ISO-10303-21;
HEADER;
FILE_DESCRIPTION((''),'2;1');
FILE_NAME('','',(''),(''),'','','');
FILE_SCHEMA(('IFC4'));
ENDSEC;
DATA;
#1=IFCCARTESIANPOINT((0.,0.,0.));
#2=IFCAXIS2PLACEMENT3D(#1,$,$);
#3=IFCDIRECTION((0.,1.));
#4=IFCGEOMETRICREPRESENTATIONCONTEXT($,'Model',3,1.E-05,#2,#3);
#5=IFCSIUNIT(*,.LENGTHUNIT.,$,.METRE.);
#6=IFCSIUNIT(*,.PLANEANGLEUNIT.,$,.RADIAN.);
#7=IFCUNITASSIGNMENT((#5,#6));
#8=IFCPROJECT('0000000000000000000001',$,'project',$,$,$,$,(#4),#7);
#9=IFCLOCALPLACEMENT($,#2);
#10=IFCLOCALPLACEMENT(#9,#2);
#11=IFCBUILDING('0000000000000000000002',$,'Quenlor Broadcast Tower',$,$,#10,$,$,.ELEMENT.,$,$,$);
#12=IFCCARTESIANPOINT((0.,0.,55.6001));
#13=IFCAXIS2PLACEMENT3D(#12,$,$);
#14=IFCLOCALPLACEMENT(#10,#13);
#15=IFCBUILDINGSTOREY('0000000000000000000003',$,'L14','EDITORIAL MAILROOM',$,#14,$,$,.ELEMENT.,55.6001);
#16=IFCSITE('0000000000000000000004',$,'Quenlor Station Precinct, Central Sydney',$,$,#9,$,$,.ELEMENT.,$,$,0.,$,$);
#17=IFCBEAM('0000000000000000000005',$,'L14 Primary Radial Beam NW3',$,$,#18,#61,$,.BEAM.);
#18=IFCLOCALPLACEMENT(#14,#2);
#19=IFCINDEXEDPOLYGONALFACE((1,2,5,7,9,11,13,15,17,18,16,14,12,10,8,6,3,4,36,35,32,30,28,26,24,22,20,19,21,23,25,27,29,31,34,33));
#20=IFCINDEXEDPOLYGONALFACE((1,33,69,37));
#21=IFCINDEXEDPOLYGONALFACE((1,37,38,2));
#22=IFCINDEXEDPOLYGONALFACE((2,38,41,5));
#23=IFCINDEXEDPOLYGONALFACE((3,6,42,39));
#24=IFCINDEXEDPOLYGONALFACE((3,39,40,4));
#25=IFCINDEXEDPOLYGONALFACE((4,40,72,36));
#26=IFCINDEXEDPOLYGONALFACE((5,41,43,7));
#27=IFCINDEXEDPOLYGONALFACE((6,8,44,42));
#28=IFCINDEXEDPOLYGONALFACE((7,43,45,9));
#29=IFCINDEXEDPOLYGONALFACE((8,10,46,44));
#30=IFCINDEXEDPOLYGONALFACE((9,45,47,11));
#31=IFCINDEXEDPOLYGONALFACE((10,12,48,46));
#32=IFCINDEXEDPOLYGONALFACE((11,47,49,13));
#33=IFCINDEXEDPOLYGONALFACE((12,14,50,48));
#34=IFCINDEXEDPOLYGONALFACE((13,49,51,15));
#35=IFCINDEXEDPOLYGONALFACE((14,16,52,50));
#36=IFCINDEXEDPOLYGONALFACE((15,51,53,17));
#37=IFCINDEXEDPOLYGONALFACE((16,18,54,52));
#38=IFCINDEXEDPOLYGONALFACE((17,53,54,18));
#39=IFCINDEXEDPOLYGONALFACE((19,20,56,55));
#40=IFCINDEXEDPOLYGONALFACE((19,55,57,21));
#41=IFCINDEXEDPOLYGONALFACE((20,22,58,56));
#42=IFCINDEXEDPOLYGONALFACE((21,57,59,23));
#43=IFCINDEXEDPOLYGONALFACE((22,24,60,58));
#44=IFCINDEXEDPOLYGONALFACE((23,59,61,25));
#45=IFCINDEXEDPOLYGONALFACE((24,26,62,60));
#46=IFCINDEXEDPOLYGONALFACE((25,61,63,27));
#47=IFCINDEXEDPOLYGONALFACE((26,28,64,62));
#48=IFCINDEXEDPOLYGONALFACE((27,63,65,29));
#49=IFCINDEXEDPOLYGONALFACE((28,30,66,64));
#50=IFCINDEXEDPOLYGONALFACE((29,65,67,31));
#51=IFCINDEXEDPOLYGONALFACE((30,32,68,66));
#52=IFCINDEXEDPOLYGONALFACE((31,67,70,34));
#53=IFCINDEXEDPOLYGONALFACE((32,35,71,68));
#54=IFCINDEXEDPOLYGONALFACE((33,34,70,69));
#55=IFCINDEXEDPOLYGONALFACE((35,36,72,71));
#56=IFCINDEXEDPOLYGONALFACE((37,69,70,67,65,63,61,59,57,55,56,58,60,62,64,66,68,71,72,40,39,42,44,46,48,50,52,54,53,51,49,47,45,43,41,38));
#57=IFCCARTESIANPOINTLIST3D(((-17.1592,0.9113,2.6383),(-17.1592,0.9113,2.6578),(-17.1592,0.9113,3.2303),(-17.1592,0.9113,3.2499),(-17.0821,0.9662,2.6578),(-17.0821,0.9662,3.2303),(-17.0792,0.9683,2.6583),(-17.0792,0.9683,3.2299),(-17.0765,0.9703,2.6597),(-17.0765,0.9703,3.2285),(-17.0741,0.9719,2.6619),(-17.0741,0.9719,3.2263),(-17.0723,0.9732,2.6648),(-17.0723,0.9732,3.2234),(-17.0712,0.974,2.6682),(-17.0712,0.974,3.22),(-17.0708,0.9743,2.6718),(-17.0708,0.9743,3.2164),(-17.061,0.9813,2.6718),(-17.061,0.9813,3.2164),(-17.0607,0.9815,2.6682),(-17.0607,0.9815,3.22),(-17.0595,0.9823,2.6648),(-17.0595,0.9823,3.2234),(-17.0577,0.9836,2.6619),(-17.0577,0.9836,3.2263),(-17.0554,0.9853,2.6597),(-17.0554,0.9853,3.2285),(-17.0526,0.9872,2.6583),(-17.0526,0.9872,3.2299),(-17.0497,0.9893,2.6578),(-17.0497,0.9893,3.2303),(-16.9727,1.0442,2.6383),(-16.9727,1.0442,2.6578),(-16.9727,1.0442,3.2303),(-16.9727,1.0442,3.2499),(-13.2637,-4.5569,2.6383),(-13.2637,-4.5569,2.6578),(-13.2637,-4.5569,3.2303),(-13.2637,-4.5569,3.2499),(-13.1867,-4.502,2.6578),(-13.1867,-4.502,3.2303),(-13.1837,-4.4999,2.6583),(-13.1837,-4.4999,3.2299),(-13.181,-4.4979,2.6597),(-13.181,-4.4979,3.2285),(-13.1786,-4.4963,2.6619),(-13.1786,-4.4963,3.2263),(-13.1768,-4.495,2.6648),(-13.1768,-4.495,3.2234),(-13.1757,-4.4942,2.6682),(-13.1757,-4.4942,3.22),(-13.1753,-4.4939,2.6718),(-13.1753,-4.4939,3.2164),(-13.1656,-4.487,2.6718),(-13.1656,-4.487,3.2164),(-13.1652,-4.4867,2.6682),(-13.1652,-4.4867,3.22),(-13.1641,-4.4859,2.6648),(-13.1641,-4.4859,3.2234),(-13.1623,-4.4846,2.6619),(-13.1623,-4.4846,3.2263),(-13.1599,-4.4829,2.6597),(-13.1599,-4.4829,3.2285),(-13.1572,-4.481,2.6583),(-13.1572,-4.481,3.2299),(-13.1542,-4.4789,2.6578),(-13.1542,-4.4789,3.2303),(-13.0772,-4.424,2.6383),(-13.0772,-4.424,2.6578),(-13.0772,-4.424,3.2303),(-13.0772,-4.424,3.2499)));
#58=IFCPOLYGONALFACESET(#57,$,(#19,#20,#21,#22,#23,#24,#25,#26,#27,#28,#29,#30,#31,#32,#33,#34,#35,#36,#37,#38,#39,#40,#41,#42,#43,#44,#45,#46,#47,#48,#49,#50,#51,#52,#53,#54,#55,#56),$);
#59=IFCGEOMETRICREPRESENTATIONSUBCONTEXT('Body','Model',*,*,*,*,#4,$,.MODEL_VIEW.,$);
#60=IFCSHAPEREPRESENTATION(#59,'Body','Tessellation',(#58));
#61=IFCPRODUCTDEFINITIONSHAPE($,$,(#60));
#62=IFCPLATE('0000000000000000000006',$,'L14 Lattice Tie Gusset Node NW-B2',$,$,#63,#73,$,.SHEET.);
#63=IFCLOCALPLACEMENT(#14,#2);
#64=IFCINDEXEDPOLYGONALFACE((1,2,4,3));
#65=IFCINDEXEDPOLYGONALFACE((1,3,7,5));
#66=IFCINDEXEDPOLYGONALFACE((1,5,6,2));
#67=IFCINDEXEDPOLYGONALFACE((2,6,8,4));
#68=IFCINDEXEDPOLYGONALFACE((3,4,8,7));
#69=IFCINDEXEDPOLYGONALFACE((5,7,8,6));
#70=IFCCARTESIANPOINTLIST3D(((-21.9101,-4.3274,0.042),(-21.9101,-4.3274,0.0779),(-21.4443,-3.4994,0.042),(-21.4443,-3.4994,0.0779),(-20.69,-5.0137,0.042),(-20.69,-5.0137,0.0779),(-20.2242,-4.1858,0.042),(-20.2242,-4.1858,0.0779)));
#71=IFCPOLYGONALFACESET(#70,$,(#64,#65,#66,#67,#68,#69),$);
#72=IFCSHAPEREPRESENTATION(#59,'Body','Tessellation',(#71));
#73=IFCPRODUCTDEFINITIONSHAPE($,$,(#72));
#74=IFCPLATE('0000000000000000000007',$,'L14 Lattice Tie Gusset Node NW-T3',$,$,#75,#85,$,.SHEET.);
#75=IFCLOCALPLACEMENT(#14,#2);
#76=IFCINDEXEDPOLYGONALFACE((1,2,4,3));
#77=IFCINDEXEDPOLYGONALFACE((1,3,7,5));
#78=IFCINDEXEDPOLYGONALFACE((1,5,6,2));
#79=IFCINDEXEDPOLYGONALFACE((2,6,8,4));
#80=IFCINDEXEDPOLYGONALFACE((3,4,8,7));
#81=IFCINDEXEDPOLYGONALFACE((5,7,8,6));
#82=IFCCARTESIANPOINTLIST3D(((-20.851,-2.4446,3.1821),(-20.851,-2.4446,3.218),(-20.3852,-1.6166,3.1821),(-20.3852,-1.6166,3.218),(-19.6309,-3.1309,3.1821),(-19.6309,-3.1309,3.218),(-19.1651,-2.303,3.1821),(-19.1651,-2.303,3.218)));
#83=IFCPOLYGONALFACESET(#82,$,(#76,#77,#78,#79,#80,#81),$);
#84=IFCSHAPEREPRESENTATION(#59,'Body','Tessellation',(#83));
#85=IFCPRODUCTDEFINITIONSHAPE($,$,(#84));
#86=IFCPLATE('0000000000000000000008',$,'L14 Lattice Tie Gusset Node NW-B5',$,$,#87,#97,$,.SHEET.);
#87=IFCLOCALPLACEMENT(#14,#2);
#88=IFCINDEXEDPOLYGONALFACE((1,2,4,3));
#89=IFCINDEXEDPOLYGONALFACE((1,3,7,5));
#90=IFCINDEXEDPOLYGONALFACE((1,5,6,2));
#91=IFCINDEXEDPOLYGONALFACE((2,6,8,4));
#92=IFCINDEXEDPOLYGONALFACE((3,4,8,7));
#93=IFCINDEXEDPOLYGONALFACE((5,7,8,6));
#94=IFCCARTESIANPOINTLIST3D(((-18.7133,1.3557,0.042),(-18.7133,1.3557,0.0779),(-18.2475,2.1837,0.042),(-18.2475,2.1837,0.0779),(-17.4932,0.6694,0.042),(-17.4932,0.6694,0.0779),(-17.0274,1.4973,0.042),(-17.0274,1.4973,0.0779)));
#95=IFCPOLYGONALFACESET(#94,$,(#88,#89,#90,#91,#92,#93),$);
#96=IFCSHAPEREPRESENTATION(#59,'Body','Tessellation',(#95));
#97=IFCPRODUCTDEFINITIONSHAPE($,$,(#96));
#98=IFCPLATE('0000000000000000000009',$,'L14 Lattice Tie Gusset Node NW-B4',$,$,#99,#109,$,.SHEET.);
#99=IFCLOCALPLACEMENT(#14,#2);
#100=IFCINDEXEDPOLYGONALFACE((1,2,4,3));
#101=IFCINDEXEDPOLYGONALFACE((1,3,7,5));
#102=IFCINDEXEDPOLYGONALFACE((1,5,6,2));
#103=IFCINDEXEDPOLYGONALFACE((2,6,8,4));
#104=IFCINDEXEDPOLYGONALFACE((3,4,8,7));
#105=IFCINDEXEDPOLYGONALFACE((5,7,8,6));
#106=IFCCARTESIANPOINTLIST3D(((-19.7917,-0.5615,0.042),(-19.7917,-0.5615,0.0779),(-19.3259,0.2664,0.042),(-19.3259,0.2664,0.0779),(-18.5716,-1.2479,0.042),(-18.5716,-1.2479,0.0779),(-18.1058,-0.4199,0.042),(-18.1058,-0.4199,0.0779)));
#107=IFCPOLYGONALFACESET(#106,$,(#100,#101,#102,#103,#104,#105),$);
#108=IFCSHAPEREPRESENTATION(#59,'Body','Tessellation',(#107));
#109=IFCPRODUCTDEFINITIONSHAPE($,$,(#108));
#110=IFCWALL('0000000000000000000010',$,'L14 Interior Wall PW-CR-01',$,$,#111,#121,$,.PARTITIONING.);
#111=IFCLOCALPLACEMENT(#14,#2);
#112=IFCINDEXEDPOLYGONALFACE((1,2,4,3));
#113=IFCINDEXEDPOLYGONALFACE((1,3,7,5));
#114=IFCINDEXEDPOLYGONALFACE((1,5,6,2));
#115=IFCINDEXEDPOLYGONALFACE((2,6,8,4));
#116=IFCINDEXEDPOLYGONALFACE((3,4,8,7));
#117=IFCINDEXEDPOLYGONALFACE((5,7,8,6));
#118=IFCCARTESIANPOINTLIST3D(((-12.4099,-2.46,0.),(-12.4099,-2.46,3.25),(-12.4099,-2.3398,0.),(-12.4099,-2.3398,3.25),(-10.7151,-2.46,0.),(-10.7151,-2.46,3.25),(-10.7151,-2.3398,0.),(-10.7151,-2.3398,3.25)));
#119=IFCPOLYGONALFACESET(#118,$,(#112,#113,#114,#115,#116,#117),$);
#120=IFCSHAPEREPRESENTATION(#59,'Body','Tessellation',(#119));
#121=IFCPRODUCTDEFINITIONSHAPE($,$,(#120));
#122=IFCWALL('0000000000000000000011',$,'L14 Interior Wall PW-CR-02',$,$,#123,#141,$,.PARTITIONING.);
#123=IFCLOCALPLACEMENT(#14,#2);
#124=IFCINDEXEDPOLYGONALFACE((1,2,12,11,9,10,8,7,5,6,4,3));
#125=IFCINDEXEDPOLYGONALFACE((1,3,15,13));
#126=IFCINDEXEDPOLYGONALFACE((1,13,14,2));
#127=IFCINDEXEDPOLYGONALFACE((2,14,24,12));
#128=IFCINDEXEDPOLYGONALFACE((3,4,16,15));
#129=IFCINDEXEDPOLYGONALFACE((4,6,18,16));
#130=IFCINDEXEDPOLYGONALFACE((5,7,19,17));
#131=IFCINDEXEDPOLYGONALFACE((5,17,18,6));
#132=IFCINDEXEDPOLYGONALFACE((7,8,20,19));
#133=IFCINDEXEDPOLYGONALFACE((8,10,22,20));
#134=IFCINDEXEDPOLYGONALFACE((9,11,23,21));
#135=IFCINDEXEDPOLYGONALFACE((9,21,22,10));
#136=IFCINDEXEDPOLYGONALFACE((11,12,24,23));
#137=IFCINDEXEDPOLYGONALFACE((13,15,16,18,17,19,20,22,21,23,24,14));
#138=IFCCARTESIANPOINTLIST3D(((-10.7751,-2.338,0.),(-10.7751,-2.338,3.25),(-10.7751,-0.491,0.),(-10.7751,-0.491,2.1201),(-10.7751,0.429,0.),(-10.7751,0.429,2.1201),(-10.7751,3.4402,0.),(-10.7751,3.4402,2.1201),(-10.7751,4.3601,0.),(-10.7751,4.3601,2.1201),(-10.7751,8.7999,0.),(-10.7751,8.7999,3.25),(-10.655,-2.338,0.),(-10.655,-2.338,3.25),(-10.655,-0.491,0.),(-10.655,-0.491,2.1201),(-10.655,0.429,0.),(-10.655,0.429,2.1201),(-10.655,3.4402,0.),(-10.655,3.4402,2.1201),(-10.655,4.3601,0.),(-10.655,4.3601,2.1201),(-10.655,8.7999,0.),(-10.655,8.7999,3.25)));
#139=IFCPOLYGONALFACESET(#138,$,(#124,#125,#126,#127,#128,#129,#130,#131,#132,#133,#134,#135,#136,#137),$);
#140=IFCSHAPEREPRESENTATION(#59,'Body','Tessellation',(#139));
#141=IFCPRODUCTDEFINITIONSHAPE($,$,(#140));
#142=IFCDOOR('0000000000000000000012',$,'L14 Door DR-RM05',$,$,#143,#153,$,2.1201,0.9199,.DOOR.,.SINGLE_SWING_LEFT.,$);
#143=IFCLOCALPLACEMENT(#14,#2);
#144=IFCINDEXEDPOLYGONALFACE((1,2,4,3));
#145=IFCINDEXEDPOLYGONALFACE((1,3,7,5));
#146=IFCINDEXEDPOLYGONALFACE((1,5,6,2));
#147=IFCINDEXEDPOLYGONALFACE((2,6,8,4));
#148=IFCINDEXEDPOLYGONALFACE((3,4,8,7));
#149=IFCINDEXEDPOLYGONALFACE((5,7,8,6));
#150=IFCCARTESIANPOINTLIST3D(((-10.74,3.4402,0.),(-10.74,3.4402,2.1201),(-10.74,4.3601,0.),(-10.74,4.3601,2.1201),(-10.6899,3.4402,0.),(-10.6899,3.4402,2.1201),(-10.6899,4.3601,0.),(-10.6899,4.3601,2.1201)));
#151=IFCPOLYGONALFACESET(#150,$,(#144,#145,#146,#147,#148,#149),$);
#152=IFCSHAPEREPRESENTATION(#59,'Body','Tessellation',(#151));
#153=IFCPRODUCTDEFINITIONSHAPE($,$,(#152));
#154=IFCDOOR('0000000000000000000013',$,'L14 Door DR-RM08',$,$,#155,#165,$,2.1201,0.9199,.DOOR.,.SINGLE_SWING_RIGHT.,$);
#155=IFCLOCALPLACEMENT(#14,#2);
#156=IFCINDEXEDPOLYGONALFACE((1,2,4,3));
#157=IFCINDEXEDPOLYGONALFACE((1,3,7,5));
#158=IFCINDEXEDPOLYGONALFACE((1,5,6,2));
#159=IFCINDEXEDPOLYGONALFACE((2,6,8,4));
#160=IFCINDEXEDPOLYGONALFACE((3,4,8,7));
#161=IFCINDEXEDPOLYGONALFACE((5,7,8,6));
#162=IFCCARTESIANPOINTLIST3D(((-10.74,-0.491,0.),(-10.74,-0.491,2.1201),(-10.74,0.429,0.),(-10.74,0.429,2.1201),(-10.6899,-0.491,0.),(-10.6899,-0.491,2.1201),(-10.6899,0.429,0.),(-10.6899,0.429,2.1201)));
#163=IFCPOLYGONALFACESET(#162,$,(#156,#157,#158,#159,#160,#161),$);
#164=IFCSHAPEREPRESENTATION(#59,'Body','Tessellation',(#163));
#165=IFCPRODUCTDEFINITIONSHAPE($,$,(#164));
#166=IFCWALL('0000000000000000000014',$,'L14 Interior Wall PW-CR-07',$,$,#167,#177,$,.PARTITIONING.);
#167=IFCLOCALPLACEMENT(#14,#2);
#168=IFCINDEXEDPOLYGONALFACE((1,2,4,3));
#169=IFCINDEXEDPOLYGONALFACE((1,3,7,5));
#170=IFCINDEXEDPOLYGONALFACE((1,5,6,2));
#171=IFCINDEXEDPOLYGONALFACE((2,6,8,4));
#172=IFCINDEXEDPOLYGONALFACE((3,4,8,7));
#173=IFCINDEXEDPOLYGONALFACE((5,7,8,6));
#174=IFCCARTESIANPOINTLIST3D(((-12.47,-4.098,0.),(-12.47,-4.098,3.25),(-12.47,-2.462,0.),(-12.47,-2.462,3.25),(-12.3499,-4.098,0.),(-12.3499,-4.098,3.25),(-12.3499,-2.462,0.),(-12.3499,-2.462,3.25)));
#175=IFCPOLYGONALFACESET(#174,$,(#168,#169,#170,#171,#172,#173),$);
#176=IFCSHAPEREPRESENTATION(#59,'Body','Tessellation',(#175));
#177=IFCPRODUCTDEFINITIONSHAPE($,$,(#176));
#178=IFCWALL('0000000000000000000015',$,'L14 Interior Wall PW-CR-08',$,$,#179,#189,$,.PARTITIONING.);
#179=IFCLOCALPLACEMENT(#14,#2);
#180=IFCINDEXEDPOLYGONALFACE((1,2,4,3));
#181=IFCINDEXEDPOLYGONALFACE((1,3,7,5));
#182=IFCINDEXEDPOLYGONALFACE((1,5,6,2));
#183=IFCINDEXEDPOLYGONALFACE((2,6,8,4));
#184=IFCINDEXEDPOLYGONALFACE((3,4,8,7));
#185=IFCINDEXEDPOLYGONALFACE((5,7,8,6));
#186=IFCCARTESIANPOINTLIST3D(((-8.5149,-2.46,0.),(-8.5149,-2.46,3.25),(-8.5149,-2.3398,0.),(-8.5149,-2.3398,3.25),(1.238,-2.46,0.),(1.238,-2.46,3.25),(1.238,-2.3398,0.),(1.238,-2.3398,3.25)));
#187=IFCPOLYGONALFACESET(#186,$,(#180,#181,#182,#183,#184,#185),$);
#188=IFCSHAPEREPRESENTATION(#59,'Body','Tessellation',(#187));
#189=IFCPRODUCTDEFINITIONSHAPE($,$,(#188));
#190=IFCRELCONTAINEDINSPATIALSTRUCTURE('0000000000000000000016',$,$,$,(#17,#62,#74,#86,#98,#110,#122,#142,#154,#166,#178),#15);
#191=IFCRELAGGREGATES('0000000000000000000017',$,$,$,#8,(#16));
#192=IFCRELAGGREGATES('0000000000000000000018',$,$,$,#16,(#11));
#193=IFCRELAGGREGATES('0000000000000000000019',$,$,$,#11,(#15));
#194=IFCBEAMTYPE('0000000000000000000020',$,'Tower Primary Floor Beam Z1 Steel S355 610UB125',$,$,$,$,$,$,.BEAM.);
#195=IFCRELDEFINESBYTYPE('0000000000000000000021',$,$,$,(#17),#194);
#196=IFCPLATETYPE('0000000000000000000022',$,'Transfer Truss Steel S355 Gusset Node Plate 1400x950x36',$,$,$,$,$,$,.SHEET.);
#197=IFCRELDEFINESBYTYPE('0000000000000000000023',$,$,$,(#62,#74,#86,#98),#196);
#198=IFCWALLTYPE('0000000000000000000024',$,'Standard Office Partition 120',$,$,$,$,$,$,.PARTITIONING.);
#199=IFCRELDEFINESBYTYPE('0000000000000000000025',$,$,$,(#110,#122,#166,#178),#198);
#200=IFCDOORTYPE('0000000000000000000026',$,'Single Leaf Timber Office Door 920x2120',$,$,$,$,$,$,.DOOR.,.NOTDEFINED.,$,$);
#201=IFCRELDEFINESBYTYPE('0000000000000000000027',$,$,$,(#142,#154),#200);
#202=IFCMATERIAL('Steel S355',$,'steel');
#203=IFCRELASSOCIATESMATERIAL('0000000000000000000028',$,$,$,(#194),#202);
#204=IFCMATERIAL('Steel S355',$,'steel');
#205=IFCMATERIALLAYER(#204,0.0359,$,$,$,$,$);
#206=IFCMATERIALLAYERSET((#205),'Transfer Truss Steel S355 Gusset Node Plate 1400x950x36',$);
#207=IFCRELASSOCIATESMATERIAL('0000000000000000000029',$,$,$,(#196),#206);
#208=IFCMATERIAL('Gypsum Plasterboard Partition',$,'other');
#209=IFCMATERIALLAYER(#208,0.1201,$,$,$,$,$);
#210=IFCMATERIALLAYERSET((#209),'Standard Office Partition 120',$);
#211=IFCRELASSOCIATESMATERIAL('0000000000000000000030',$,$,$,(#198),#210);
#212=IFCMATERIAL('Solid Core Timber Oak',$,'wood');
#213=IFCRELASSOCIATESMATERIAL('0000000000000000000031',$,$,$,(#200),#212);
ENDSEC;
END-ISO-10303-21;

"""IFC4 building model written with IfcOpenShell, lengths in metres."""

from ifc_helpers import new_model, si_unit, direction, frame, frame_2d, origin, origin_2d, place, context, subcontext, project, spatial, rectangle, i_section, extrude, material, layer, layer_set, material_profile, profile_set, type_object, element, fill, save


model = new_model("IFC4")

# Units and contexts
model_context = context("Model", 3, precision=1e-05, world=origin(), true_north=direction((0.0, 1.0)))
body_context = subcontext(model_context, "Body", "Model", "MODEL_VIEW")
ifc_project = project(units=[si_unit("LENGTHUNIT", "METRE"), si_unit("PLANEANGLEUNIT", "RADIAN")], contexts=[model_context])

# Site, building, storey
site_placement = place(None, origin())
site = spatial("IfcSite", under=ifc_project, at=site_placement, Name="Quenlor Station Precinct, Central Sydney", CompositionType="ELEMENT", RefElevation=0.0)
building_placement = place(site_placement, origin())
building = spatial("IfcBuilding", under=site, at=building_placement, Name="Quenlor Broadcast Tower", CompositionType="ELEMENT")
storey_placement = place(building_placement, frame((0.0, 0.0, 55.6001)))
storey = spatial("IfcBuildingStorey", under=building, at=storey_placement, Name="L14", Description="EDITORIAL MAILROOM", CompositionType="ELEMENT", Elevation=55.6001)

# Beam
ifc_material_1 = material(Name="Steel S355", Category="steel")
ifc_material_profile_1 = material_profile(ifc_material_1, i_section(OverallWidth=0.229, OverallDepth=0.6116, WebThickness=0.012, FlangeThickness=0.0195, FilletRadius=0.0139, at=origin_2d()))
ifc_profile_set_1 = profile_set([ifc_material_profile_1], Name="Steel S355 610UB125")
beam_type_1 = type_object("IfcBeamType", Name="Tower Primary Floor Beam Z1 Steel S355 610UB125", PredefinedType="BEAM", material=ifc_profile_set_1)
beam_1_placement = place(storey_placement, frame((-17.0659, 0.9778, 2.9441), z_axis=(0.580213, -0.814465, 0.0), x_axis=(0.814465, 0.580213, 0.0)))
element("IfcBeam", 1, at=beam_1_placement, inside=storey, type_object=beam_type_1, Name="L14 Primary Radial Beam NW3", PredefinedType="BEAM", context=body_context, shape_type="SweptSolid", body=[
    extrude(i_section(OverallWidth=0.229, OverallDepth=0.6116, WebThickness=0.012, FlangeThickness=0.0195, FilletRadius=0.0139, at=origin_2d()), origin(), (0.0, 0.0, 1.0), 6.7139),
])

# Plates
ifc_material_2 = material(Name="Steel S355", Category="steel")
ifc_layer_1 = layer(ifc_material_2, 0.0359)
ifc_layer_set_1 = layer_set([ifc_layer_1], Name="Transfer Truss Steel S355 Gusset Node Plate 1400x950x36")
plate_type = type_object("IfcPlateType", Name="Transfer Truss Steel S355 Gusset Node Plate 1400x950x36", PredefinedType="SHEET", material=ifc_layer_set_1)
for number, where, z_axis, x_axis, name in (
    (2, (-21.0671, -4.2566, 0.042), (0.0, 0.0, 1.0), (-0.871556, 0.490295, 0.0), "L14 Lattice Tie Gusset Node NW-B2"),
    (3, (-20.0081, -2.3738, 3.1821), (0.0, 0.0, 1.0), (-0.871556, 0.490295, 0.0), "L14 Lattice Tie Gusset Node NW-T3"),
    (4, (-17.8704, 1.4265, 0.042), (0.0, 0.0, 1.0), (-0.871556, 0.490295, 0.0), "L14 Lattice Tie Gusset Node NW-B5"),
    (5, (-18.9487, -0.4907, 0.042), (0.0, 0.0, 1.0), (-0.871556, 0.490295, 0.0), "L14 Lattice Tie Gusset Node NW-B4"),
):
    element("IfcPlate", number, at=place(storey_placement, frame(where, z_axis=z_axis, x_axis=x_axis)), inside=storey, type_object=plate_type, Name=name, PredefinedType="SHEET", context=body_context, shape_type="SweptSolid", body=[
        extrude(rectangle(XDim=1.3999, YDim=0.95, at=origin_2d()), origin(), (0.0, 0.0, 1.0), 0.0359),
    ])

# Wall
ifc_material_3 = material(Name="Gypsum Plasterboard Partition", Category="other")
ifc_layer_2 = layer(ifc_material_3, 0.1201)
ifc_layer_set_2 = layer_set([ifc_layer_2], Name="Standard Office Partition 120")
wall_type_1 = type_object("IfcWallType", Name="Standard Office Partition 120", PredefinedType="PARTITIONING", material=ifc_layer_set_2)
wall_1_placement = place(storey_placement, frame((-12.4099, -2.3999, 0.0), z_axis=(0.0, 0.0, 1.0), x_axis=(1.0, 0.0, 0.0)))
element("IfcWall", 6, at=wall_1_placement, inside=storey, type_object=wall_type_1, Name="L14 Interior Wall PW-CR-01", PredefinedType="PARTITIONING", context=body_context, shape_type="SweptSolid", body=[
    extrude(rectangle(XDim=1.6948, YDim=0.1201, at=frame_2d((0.8474, 0.0))), origin(), (0.0, 0.0, 1.0), 3.25),
])

# Wall, openings, doors
wall_2_placement = place(storey_placement, frame((-10.7151, -2.3379, 0.0), z_axis=(0.0, 0.0, 1.0), x_axis=(0.0, 1.0, 0.0)))
wall_2 = element("IfcWall", 7, at=wall_2_placement, inside=storey, type_object=wall_type_1, Name="L14 Interior Wall PW-CR-02", PredefinedType="PARTITIONING", context=body_context, shape_type="SweptSolid", body=[
    extrude(rectangle(XDim=11.1379, YDim=0.1201, at=frame_2d((5.5688, 0.0))), origin(), (0.0, 0.0, 1.0), 3.25),
])
opening_1_placement = place(wall_2_placement, frame((5.7781, 0.0, 0.0)))
opening_1 = element("IfcOpeningElement", 8, at=opening_1_placement, cuts=wall_2, PredefinedType="OPENING", context=body_context, shape_type="SweptSolid", body=[
    extrude(rectangle(XDim=0.9199, YDim=2.1201, at=frame_2d((0.46, 1.0601))), frame((0.0, 0.0701, 0.0), z_axis=(0.0, -1.0, 0.0), x_axis=(1.0, 0.0, 0.0)), (0.0, 0.0, 1.0), 0.1401),
])
opening_2_placement = place(wall_2_placement, frame((1.8469, 0.0, 0.0)))
opening_2 = element("IfcOpeningElement", 9, at=opening_2_placement, cuts=wall_2, PredefinedType="OPENING", context=body_context, shape_type="SweptSolid", body=[
    extrude(rectangle(XDim=0.9199, YDim=2.1201, at=frame_2d((0.46, 1.0601))), frame((0.0, 0.0701, 0.0), z_axis=(0.0, -1.0, 0.0), x_axis=(1.0, 0.0, 0.0)), (0.0, 0.0, 1.0), 0.1401),
])
ifc_material_4 = material(Name="Solid Core Timber Oak", Category="wood")
door_type = type_object("IfcDoorType", Name="Single Leaf Timber Office Door 920x2120", OperationType="NOTDEFINED", PredefinedType="DOOR", material=ifc_material_4)
door_1_placement = place(opening_1_placement, origin())
door_1 = element("IfcDoor", 10, at=door_1_placement, inside=storey, type_object=door_type, Name="L14 Door DR-RM05", OperationType="SINGLE_SWING_LEFT", OverallHeight=2.1201, OverallWidth=0.9199, PredefinedType="DOOR", context=body_context, shape_type="SweptSolid", body=[
    extrude(rectangle(XDim=0.9199, YDim=2.1201, at=frame_2d((0.46, 1.0601))), frame((0.0, 0.0249, 0.0), z_axis=(0.0, -1.0, 0.0), x_axis=(1.0, 0.0, 0.0)), (0.0, 0.0, 1.0), 0.05),
])
fill(opening_1, door_1)
door_2_placement = place(opening_2_placement, origin())
door_2 = element("IfcDoor", 11, at=door_2_placement, inside=storey, type_object=door_type, Name="L14 Door DR-RM08", OperationType="SINGLE_SWING_RIGHT", OverallHeight=2.1201, OverallWidth=0.9199, PredefinedType="DOOR", context=body_context, shape_type="SweptSolid", body=[
    extrude(rectangle(XDim=0.9199, YDim=2.1201, at=frame_2d((0.46, 1.0601))), frame((0.0, 0.0249, 0.0), z_axis=(0.0, -1.0, 0.0), x_axis=(1.0, 0.0, 0.0)), (0.0, 0.0, 1.0), 0.05),
])
fill(opening_2, door_2)

# Walls
wall_3_placement = place(storey_placement, frame((-12.4099, -4.0979, 0.0), z_axis=(0.0, 0.0, 1.0), x_axis=(0.0, 1.0, 0.0)))
element("IfcWall", 12, at=wall_3_placement, inside=storey, type_object=wall_type_1, Name="L14 Interior Wall PW-CR-07", PredefinedType="PARTITIONING", context=body_context, shape_type="SweptSolid", body=[
    extrude(rectangle(XDim=1.636, YDim=0.1201, at=frame_2d((0.8179, 0.0))), origin(), (0.0, 0.0, 1.0), 3.25),
])
wall_4_placement = place(storey_placement, frame((-8.5149, -2.3999, 0.0), z_axis=(0.0, 0.0, 1.0), x_axis=(1.0, 0.0, 0.0)))
element("IfcWall", 13, at=wall_4_placement, inside=storey, type_object=wall_type_1, Name="L14 Interior Wall PW-CR-08", PredefinedType="PARTITIONING", context=body_context, shape_type="SweptSolid", body=[
    extrude(rectangle(XDim=9.7529, YDim=0.1201, at=frame_2d((4.8765, 0.0))), origin(), (0.0, 0.0, 1.0), 3.25),
])

save(model, "model.ifc")
